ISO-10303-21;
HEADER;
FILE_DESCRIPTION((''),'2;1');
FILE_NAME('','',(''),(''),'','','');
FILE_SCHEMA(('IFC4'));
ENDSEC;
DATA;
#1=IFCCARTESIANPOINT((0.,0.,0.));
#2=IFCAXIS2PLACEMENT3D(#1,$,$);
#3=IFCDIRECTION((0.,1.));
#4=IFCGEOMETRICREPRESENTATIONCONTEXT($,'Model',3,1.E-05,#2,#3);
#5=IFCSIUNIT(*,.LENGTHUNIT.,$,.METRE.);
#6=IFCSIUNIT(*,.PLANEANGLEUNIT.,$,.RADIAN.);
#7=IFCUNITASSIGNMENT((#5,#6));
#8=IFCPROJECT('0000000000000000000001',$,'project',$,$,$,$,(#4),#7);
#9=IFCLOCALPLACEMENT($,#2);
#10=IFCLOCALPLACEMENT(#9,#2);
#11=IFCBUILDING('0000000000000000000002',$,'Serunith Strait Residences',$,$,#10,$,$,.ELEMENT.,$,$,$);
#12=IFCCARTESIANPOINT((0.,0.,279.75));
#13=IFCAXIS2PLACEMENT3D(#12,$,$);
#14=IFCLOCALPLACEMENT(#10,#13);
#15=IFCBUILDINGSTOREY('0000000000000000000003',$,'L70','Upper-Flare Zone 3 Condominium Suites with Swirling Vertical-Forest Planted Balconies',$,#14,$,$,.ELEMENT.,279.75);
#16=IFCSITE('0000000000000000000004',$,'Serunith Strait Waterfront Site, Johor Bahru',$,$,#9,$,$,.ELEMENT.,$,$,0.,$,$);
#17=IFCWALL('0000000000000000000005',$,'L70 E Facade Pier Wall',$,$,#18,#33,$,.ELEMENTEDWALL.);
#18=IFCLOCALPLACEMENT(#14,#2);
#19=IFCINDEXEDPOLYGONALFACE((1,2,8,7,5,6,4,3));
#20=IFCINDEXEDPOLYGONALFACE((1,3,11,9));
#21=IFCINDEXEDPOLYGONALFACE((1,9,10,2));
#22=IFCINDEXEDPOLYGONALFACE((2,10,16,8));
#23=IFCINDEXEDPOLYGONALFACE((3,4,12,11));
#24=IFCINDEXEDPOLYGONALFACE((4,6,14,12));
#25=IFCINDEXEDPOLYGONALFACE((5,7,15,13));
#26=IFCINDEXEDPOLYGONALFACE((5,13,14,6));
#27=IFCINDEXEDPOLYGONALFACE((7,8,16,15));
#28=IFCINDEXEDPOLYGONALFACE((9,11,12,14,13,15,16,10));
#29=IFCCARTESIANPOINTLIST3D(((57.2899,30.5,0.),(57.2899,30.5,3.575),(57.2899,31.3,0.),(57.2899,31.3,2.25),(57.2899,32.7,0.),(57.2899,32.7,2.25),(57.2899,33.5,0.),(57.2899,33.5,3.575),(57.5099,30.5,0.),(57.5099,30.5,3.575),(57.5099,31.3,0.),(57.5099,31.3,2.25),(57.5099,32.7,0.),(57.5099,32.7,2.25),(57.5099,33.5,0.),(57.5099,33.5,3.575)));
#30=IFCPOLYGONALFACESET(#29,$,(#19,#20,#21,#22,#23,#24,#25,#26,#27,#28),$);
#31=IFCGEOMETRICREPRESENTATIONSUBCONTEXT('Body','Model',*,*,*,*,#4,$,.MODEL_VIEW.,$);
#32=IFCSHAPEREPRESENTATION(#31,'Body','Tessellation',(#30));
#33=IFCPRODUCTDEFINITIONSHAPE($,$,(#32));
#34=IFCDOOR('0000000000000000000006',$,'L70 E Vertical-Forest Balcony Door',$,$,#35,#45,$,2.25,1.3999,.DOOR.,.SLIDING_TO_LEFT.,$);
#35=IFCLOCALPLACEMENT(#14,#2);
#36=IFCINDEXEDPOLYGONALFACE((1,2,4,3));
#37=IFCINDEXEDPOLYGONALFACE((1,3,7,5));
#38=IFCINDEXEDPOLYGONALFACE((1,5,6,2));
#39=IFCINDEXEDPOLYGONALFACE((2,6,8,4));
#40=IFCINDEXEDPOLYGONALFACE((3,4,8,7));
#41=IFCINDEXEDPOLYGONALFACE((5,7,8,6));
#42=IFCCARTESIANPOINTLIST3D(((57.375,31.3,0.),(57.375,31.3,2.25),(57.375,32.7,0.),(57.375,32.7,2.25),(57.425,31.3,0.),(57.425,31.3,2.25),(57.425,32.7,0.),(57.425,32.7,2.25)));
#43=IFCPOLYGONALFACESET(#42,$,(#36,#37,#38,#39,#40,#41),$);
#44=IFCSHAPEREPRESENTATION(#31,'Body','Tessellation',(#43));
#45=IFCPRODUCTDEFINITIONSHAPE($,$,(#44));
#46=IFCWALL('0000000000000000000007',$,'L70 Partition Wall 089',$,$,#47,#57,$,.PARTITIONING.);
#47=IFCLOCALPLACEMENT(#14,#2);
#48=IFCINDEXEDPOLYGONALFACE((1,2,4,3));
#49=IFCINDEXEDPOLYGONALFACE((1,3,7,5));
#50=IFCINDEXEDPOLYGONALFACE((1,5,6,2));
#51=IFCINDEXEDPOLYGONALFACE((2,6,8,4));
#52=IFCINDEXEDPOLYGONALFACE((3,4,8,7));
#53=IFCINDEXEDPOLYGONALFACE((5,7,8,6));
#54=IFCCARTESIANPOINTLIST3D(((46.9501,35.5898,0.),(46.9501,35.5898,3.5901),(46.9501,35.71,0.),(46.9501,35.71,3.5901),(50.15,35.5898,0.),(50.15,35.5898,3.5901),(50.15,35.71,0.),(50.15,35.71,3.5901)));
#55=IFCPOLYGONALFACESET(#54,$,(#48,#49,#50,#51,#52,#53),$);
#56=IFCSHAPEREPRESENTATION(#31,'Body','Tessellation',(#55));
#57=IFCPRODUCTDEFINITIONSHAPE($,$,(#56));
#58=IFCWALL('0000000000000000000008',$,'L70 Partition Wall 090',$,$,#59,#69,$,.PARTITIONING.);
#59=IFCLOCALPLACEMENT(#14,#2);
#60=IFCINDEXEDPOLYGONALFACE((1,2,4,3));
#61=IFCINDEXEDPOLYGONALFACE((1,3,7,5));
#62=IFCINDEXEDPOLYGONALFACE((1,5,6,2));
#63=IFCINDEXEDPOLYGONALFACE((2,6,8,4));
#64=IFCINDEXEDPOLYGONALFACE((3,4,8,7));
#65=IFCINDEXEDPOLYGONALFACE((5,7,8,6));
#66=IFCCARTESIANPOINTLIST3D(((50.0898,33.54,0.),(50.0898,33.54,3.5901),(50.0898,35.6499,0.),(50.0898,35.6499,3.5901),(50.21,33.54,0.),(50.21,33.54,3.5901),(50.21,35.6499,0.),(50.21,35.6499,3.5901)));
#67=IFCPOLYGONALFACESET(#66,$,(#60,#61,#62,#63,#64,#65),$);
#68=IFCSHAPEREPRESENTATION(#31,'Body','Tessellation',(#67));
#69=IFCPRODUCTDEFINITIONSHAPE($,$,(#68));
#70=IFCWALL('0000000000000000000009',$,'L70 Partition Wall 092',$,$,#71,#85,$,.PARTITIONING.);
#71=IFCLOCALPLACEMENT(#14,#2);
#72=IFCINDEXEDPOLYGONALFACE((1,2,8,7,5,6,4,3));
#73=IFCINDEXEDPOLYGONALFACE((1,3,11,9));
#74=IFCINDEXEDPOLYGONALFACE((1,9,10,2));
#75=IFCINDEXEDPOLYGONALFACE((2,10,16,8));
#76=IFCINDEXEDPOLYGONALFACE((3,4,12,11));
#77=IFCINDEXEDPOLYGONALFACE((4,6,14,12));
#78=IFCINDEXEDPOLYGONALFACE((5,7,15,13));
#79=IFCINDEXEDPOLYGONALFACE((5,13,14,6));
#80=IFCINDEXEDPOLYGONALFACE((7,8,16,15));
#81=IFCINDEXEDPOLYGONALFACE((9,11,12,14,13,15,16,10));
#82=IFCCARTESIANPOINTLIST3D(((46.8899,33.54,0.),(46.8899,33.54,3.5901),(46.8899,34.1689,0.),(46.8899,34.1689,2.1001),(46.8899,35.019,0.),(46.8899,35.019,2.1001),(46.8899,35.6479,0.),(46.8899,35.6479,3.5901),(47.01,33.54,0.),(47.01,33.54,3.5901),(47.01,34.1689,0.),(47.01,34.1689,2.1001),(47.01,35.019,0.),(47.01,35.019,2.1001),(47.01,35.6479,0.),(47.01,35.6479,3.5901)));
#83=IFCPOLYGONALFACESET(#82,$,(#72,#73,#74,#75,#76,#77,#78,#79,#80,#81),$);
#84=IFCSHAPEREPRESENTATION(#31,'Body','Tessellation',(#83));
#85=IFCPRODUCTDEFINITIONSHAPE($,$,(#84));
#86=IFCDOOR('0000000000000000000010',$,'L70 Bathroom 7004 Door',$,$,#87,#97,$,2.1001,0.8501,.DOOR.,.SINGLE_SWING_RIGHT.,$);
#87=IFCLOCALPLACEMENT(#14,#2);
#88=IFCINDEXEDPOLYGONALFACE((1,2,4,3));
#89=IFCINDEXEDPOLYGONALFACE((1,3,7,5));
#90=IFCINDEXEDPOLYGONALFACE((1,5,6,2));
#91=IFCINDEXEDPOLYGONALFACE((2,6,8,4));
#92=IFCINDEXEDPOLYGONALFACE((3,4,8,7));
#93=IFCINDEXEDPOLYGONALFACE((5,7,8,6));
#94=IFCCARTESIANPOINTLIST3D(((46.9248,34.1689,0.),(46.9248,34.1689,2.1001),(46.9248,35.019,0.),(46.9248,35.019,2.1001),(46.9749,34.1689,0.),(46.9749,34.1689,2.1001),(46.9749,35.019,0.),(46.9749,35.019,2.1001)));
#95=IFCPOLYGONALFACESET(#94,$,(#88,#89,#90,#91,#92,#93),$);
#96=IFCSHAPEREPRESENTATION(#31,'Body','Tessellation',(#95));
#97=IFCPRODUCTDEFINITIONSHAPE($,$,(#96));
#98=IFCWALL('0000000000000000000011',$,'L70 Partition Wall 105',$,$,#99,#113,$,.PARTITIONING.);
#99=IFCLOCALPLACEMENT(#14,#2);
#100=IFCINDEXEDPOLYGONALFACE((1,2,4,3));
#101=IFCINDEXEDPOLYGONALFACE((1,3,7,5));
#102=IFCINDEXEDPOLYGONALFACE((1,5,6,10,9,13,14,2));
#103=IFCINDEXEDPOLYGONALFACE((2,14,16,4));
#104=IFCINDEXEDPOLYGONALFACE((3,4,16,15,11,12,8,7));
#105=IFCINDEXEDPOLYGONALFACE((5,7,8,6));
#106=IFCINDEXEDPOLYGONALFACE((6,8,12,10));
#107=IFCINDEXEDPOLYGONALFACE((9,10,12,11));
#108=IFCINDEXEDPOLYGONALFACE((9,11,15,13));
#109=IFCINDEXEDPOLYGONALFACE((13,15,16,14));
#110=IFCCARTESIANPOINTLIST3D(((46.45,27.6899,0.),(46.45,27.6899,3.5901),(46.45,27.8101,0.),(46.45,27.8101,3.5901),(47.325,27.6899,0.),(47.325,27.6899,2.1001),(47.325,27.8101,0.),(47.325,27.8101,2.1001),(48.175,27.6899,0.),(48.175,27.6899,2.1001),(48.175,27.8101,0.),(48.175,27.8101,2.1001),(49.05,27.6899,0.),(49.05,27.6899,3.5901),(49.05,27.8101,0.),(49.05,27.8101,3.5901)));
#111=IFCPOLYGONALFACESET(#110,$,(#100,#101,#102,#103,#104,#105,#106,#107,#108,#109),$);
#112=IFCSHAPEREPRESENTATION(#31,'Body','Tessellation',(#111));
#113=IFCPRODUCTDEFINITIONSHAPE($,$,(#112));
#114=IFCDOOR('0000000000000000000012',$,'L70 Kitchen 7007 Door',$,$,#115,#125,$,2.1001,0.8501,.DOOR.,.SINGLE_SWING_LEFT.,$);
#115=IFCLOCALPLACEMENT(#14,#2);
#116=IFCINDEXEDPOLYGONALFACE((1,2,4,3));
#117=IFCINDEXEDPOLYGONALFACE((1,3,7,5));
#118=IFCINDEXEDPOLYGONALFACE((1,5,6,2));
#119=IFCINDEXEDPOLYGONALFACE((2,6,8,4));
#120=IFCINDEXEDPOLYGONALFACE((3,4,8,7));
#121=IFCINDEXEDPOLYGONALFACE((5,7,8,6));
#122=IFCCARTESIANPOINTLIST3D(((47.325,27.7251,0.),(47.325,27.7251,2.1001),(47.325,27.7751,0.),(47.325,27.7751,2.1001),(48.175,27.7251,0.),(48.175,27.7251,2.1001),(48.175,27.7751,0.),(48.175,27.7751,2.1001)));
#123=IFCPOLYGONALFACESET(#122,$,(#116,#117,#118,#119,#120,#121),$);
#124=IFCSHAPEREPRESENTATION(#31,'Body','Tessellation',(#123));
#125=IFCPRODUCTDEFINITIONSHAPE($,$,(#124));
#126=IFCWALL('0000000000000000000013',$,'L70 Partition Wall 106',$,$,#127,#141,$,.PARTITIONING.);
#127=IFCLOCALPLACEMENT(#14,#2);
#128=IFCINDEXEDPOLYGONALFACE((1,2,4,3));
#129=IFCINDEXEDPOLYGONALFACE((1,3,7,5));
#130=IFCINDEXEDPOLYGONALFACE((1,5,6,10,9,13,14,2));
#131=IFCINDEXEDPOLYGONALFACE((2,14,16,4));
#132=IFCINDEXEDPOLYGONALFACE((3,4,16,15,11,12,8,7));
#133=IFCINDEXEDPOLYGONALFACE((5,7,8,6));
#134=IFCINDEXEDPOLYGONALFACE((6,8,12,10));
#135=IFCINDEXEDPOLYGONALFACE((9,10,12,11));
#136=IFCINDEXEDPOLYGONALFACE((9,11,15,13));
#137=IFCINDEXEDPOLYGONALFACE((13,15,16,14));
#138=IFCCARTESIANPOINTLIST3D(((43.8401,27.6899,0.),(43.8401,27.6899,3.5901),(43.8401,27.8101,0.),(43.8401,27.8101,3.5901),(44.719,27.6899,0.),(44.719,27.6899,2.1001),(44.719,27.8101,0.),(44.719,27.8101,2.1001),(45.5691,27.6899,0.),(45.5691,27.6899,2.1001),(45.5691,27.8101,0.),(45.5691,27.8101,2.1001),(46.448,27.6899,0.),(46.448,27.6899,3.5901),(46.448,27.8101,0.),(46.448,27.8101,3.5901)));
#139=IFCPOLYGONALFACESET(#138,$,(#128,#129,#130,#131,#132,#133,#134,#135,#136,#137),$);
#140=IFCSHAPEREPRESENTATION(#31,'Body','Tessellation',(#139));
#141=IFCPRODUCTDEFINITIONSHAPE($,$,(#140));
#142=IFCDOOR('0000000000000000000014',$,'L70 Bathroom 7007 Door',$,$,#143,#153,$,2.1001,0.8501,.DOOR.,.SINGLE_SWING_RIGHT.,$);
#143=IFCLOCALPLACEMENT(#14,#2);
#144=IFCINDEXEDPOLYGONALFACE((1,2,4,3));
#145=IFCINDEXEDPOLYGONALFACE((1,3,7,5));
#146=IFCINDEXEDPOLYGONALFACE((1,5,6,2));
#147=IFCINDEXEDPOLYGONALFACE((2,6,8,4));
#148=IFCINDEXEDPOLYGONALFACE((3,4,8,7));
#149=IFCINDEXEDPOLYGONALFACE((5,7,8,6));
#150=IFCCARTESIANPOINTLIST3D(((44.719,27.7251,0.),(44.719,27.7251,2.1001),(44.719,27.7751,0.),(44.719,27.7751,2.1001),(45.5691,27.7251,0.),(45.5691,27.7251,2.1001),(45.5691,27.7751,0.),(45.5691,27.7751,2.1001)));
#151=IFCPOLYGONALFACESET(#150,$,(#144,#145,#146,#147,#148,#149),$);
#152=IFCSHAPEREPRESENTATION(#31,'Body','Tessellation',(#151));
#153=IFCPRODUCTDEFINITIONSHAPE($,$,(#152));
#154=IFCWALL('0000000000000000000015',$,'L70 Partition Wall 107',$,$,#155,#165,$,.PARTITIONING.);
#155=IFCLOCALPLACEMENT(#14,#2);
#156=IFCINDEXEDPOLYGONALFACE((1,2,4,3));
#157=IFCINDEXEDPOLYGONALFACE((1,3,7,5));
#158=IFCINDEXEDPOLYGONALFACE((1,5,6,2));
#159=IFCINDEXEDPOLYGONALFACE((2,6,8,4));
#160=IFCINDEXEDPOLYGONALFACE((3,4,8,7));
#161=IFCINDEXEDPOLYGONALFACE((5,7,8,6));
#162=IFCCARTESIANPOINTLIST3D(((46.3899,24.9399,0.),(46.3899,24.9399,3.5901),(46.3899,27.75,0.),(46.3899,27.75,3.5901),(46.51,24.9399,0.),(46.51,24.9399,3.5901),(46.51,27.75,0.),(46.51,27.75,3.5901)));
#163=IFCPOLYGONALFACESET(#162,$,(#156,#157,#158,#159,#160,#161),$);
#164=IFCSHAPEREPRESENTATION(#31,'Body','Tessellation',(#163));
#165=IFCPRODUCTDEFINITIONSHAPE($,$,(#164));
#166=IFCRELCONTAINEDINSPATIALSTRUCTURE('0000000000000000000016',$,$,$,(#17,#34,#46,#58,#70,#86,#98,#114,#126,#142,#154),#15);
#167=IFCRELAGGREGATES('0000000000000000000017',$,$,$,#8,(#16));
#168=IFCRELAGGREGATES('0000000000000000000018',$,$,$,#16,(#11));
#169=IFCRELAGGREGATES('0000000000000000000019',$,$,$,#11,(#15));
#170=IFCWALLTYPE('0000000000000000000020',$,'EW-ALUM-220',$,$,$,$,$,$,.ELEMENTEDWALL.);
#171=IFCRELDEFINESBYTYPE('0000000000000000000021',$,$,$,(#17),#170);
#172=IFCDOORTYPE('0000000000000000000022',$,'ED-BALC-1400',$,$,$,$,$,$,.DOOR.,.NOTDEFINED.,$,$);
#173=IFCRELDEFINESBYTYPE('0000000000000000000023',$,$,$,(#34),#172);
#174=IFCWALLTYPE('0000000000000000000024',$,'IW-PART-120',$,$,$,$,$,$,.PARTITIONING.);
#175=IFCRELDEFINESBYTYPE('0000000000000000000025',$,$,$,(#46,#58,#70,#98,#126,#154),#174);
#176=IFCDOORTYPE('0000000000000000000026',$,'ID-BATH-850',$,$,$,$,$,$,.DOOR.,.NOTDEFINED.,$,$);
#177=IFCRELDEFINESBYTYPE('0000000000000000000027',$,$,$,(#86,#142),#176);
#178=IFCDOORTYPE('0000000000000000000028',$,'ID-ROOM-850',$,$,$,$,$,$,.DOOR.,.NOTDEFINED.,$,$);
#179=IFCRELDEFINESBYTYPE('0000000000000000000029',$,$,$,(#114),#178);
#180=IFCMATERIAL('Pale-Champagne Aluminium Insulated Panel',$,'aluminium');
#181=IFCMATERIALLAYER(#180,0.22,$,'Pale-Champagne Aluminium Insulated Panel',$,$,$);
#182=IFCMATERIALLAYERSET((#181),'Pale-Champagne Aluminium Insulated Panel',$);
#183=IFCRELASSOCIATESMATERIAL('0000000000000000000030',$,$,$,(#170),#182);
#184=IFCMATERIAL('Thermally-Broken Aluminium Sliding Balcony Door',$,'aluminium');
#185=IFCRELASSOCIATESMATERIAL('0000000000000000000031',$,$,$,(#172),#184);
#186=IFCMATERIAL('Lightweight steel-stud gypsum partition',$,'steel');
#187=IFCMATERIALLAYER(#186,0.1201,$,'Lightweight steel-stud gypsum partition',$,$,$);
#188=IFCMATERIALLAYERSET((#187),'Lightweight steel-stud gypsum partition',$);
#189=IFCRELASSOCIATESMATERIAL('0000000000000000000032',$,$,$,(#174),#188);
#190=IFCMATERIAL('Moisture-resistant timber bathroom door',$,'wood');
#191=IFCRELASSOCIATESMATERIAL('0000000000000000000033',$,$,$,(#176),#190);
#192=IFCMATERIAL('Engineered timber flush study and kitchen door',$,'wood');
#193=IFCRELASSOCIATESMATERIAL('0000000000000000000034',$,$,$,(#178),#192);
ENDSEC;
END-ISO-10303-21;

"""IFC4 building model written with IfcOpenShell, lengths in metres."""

from ifc_helpers import new_model, si_unit, direction, frame, frame_2d, origin, place, context, subcontext, project, spatial, rectangle, extrude, source, transform, mapped, material, layer, layer_set, type_object, element, fill, save


model = new_model("IFC4")

# Units and contexts
model_context = context("Model", 3, precision=1e-05, world=origin(), true_north=direction((0.0, 1.0)))
body_context = subcontext(model_context, "Body", "Model", "MODEL_VIEW")
ifc_project = project(units=[si_unit("LENGTHUNIT", "METRE"), si_unit("PLANEANGLEUNIT", "RADIAN")], contexts=[model_context])

# Site, building, storey
site_placement = place(None, origin())
site = spatial("IfcSite", under=ifc_project, at=site_placement, Name="Serunith Strait Waterfront Site, Johor Bahru", CompositionType="ELEMENT", RefElevation=0.0)
building_placement = place(site_placement, origin())
building = spatial("IfcBuilding", under=site, at=building_placement, Name="Serunith Strait Residences", CompositionType="ELEMENT")
storey_placement = place(building_placement, frame((0.0, 0.0, 279.75)))
storey = spatial("IfcBuildingStorey", under=building, at=storey_placement, Name="L70", Description="Upper-Flare Zone 3 Condominium Suites with Swirling Vertical-Forest Planted Balconies", CompositionType="ELEMENT", Elevation=279.75)

# Wall, opening, door
ifc_material_1 = material(Name="Pale-Champagne Aluminium Insulated Panel", Category="aluminium")
ifc_layer_1 = layer(ifc_material_1, 0.22, Name="Pale-Champagne Aluminium Insulated Panel")
ifc_layer_set_1 = layer_set([ifc_layer_1], Name="Pale-Champagne Aluminium Insulated Panel")
wall_type_1 = type_object("IfcWallType", Name="EW-ALUM-220", PredefinedType="ELEMENTEDWALL", material=ifc_layer_set_1)
wall_1_placement = place(storey_placement, frame((57.3999, 30.5, 0.0), z_axis=(0.0, 0.0, 1.0), x_axis=(0.0, 1.0, 0.0)))
wall_1 = element("IfcWall", 1, at=wall_1_placement, inside=storey, type_object=wall_type_1, Name="L70 E Facade Pier Wall", PredefinedType="ELEMENTEDWALL", context=body_context, shape_type="SweptSolid", body=[
    extrude(rectangle(XDim=3.0, YDim=0.22, at=frame_2d((1.5, 0.0))), origin(), (0.0, 0.0, 1.0), 3.575),
])
opening_1_placement = place(wall_1_placement, frame((0.8, 0.0, 0.0)))
opening_1 = element("IfcOpeningElement", 2, at=opening_1_placement, cuts=wall_1, PredefinedType="OPENING", context=body_context, shape_type="SweptSolid", body=[
    extrude(rectangle(XDim=1.3999, YDim=2.25, at=frame_2d((0.7, 1.125))), frame((0.0, 0.1201, 0.0), z_axis=(0.0, -1.0, 0.0), x_axis=(1.0, 0.0, 0.0)), (0.0, 0.0, 1.0), 0.24),
])
ifc_material_2 = material(Name="Thermally-Broken Aluminium Sliding Balcony Door", Category="aluminium")
door_type_1 = type_object("IfcDoorType", Name="ED-BALC-1400", OperationType="NOTDEFINED", PredefinedType="DOOR", material=ifc_material_2)
shared_shape_1 = source(origin(), body_context, "Body", "SweptSolid", [
    extrude(rectangle(XDim=1.3999, YDim=2.25, at=frame_2d((0.7, 1.125))), frame((0.0, 0.0249, 0.0), z_axis=(0.0, -1.0, 0.0), x_axis=(1.0, 0.0, 0.0)), (0.0, 0.0, 1.0), 0.05),
])
door_1_placement = place(opening_1_placement, origin())
door_1 = element("IfcDoor", 3, at=door_1_placement, inside=storey, type_object=door_type_1, Name="L70 E Vertical-Forest Balcony Door", OperationType="SLIDING_TO_LEFT", OverallHeight=2.25, OverallWidth=1.3999, PredefinedType="DOOR", context=body_context, shape_type="MappedRepresentation", body=[
    mapped(shared_shape_1, transform((0.0, 0.0, 0.0), scale=1.0)),
])
fill(opening_1, door_1)

# Walls
ifc_material_3 = material(Name="Lightweight steel-stud gypsum partition", Category="steel")
ifc_layer_2 = layer(ifc_material_3, 0.1201, Name="Lightweight steel-stud gypsum partition")
ifc_layer_set_2 = layer_set([ifc_layer_2], Name="Lightweight steel-stud gypsum partition")
wall_type_2 = type_object("IfcWallType", Name="IW-PART-120", PredefinedType="PARTITIONING", material=ifc_layer_set_2)
wall_2_placement = place(storey_placement, frame((46.95, 35.6499, 0.0), z_axis=(0.0, 0.0, 1.0), x_axis=(1.0, 0.0, 0.0)))
element("IfcWall", 4, at=wall_2_placement, inside=storey, type_object=wall_type_2, Name="L70 Partition Wall 089", PredefinedType="PARTITIONING", context=body_context, shape_type="SweptSolid", body=[
    extrude(rectangle(XDim=3.2, YDim=0.1201, at=frame_2d((1.6001, 0.0))), origin(), (0.0, 0.0, 1.0), 3.5901),
])
wall_3_placement = place(storey_placement, frame((50.1499, 35.6499, 0.0), z_axis=(0.0, 0.0, 1.0), x_axis=(0.0, -1.0, 0.0)))
element("IfcWall", 5, at=wall_3_placement, inside=storey, type_object=wall_type_2, Name="L70 Partition Wall 090", PredefinedType="PARTITIONING", context=body_context, shape_type="SweptSolid", body=[
    extrude(rectangle(XDim=2.1099, YDim=0.1201, at=frame_2d((1.0549, 0.0))), origin(), (0.0, 0.0, 1.0), 3.5901),
])

# Walls, openings, doors
wall_4_placement = place(storey_placement, frame((46.95, 35.6479, 0.0), z_axis=(0.0, 0.0, 1.0), x_axis=(0.0, -1.0, 0.0)))
wall_4 = element("IfcWall", 6, at=wall_4_placement, inside=storey, type_object=wall_type_2, Name="L70 Partition Wall 092", PredefinedType="PARTITIONING", context=body_context, shape_type="SweptSolid", body=[
    extrude(rectangle(XDim=2.1079, YDim=0.1201, at=frame_2d((1.054, 0.0))), origin(), (0.0, 0.0, 1.0), 3.5901),
])
opening_2_placement = place(wall_4_placement, frame((0.6289, 0.0, 0.0)))
opening_2 = element("IfcOpeningElement", 7, at=opening_2_placement, cuts=wall_4, PredefinedType="OPENING", context=body_context, shape_type="SweptSolid", body=[
    extrude(rectangle(XDim=0.8501, YDim=2.1001, at=frame_2d((0.425, 1.05))), frame((0.0, 0.0701, 0.0), z_axis=(0.0, -1.0, 0.0), x_axis=(1.0, 0.0, 0.0)), (0.0, 0.0, 1.0), 0.1401),
])
ifc_material_4 = material(Name="Moisture-resistant timber bathroom door", Category="wood")
door_type_2 = type_object("IfcDoorType", Name="ID-BATH-850", OperationType="NOTDEFINED", PredefinedType="DOOR", material=ifc_material_4)
shared_shape_2 = source(origin(), body_context, "Body", "SweptSolid", [
    extrude(rectangle(XDim=0.8501, YDim=2.1001, at=frame_2d((0.425, 1.05))), frame((0.0, 0.0249, 0.0), z_axis=(0.0, -1.0, 0.0), x_axis=(1.0, 0.0, 0.0)), (0.0, 0.0, 1.0), 0.05),
])
door_2_placement = place(opening_2_placement, origin())
door_2 = element("IfcDoor", 8, at=door_2_placement, inside=storey, type_object=door_type_2, Name="L70 Bathroom 7004 Door", OperationType="SINGLE_SWING_RIGHT", OverallHeight=2.1001, OverallWidth=0.8501, PredefinedType="DOOR", context=body_context, shape_type="MappedRepresentation", body=[
    mapped(shared_shape_2, transform((0.0, 0.0, 0.0), scale=1.0)),
])
fill(opening_2, door_2)
wall_5_placement = place(storey_placement, frame((49.05, 27.75, 0.0), z_axis=(0.0, 0.0, 1.0), x_axis=(-1.0, 0.0, 0.0)))
wall_5 = element("IfcWall", 9, at=wall_5_placement, inside=storey, type_object=wall_type_2, Name="L70 Partition Wall 105", PredefinedType="PARTITIONING", context=body_context, shape_type="SweptSolid", body=[
    extrude(rectangle(XDim=2.6001, YDim=0.1201, at=frame_2d((1.3, 0.0))), origin(), (0.0, 0.0, 1.0), 3.5901),
])
opening_3_placement = place(wall_5_placement, frame((0.875, 0.0, 0.0)))
opening_3 = element("IfcOpeningElement", 10, at=opening_3_placement, cuts=wall_5, PredefinedType="OPENING", context=body_context, shape_type="SweptSolid", body=[
    extrude(rectangle(XDim=0.8501, YDim=2.1001, at=frame_2d((0.425, 1.05))), frame((0.0, 0.0701, 0.0), z_axis=(0.0, -1.0, 0.0), x_axis=(1.0, 0.0, 0.0)), (0.0, 0.0, 1.0), 0.1401),
])
ifc_material_5 = material(Name="Engineered timber flush study and kitchen door", Category="wood")
door_type_3 = type_object("IfcDoorType", Name="ID-ROOM-850", OperationType="NOTDEFINED", PredefinedType="DOOR", material=ifc_material_5)
door_3_placement = place(opening_3_placement, origin())
door_3 = element("IfcDoor", 11, at=door_3_placement, inside=storey, type_object=door_type_3, Name="L70 Kitchen 7007 Door", OperationType="SINGLE_SWING_LEFT", OverallHeight=2.1001, OverallWidth=0.8501, PredefinedType="DOOR", context=body_context, shape_type="MappedRepresentation", body=[
    mapped(shared_shape_2, transform((0.0, 0.0, 0.0), scale=1.0)),
])
fill(opening_3, door_3)
wall_6_placement = place(storey_placement, frame((46.448, 27.75, 0.0), z_axis=(0.0, 0.0, 1.0), x_axis=(-1.0, 0.0, 0.0)))
wall_6 = element("IfcWall", 12, at=wall_6_placement, inside=storey, type_object=wall_type_2, Name="L70 Partition Wall 106", PredefinedType="PARTITIONING", context=body_context, shape_type="SweptSolid", body=[
    extrude(rectangle(XDim=2.6079, YDim=0.1201, at=frame_2d((1.304, 0.0))), origin(), (0.0, 0.0, 1.0), 3.5901),
])
opening_4_placement = place(wall_6_placement, frame((0.8789, 0.0, 0.0)))
opening_4 = element("IfcOpeningElement", 13, at=opening_4_placement, cuts=wall_6, PredefinedType="OPENING", context=body_context, shape_type="SweptSolid", body=[
    extrude(rectangle(XDim=0.8501, YDim=2.1001, at=frame_2d((0.425, 1.05))), frame((0.0, 0.0701, 0.0), z_axis=(0.0, -1.0, 0.0), x_axis=(1.0, 0.0, 0.0)), (0.0, 0.0, 1.0), 0.1401),
])
door_4_placement = place(opening_4_placement, origin())
door_4 = element("IfcDoor", 14, at=door_4_placement, inside=storey, type_object=door_type_2, Name="L70 Bathroom 7007 Door", OperationType="SINGLE_SWING_RIGHT", OverallHeight=2.1001, OverallWidth=0.8501, PredefinedType="DOOR", context=body_context, shape_type="MappedRepresentation", body=[
    mapped(shared_shape_2, transform((0.0, 0.0, 0.0), scale=1.0)),
])
fill(opening_4, door_4)

# Wall
for number, where, z_axis, x_axis, name in (
    (15, (46.45, 24.9399, 0.0), (0.0, 0.0, 1.0), (0.0, 1.0, 0.0), "L70 Partition Wall 107"),
):
    element("IfcWall", number, at=place(storey_placement, frame(where, z_axis=z_axis, x_axis=x_axis)), inside=storey, type_object=wall_type_2, Name=name, PredefinedType="PARTITIONING", context=body_context, shape_type="SweptSolid", body=[
        extrude(rectangle(XDim=2.8101, YDim=0.1201, at=frame_2d((1.405, 0.0))), origin(), (0.0, 0.0, 1.0), 3.5901),
    ])

save(model, "model.ifc")
